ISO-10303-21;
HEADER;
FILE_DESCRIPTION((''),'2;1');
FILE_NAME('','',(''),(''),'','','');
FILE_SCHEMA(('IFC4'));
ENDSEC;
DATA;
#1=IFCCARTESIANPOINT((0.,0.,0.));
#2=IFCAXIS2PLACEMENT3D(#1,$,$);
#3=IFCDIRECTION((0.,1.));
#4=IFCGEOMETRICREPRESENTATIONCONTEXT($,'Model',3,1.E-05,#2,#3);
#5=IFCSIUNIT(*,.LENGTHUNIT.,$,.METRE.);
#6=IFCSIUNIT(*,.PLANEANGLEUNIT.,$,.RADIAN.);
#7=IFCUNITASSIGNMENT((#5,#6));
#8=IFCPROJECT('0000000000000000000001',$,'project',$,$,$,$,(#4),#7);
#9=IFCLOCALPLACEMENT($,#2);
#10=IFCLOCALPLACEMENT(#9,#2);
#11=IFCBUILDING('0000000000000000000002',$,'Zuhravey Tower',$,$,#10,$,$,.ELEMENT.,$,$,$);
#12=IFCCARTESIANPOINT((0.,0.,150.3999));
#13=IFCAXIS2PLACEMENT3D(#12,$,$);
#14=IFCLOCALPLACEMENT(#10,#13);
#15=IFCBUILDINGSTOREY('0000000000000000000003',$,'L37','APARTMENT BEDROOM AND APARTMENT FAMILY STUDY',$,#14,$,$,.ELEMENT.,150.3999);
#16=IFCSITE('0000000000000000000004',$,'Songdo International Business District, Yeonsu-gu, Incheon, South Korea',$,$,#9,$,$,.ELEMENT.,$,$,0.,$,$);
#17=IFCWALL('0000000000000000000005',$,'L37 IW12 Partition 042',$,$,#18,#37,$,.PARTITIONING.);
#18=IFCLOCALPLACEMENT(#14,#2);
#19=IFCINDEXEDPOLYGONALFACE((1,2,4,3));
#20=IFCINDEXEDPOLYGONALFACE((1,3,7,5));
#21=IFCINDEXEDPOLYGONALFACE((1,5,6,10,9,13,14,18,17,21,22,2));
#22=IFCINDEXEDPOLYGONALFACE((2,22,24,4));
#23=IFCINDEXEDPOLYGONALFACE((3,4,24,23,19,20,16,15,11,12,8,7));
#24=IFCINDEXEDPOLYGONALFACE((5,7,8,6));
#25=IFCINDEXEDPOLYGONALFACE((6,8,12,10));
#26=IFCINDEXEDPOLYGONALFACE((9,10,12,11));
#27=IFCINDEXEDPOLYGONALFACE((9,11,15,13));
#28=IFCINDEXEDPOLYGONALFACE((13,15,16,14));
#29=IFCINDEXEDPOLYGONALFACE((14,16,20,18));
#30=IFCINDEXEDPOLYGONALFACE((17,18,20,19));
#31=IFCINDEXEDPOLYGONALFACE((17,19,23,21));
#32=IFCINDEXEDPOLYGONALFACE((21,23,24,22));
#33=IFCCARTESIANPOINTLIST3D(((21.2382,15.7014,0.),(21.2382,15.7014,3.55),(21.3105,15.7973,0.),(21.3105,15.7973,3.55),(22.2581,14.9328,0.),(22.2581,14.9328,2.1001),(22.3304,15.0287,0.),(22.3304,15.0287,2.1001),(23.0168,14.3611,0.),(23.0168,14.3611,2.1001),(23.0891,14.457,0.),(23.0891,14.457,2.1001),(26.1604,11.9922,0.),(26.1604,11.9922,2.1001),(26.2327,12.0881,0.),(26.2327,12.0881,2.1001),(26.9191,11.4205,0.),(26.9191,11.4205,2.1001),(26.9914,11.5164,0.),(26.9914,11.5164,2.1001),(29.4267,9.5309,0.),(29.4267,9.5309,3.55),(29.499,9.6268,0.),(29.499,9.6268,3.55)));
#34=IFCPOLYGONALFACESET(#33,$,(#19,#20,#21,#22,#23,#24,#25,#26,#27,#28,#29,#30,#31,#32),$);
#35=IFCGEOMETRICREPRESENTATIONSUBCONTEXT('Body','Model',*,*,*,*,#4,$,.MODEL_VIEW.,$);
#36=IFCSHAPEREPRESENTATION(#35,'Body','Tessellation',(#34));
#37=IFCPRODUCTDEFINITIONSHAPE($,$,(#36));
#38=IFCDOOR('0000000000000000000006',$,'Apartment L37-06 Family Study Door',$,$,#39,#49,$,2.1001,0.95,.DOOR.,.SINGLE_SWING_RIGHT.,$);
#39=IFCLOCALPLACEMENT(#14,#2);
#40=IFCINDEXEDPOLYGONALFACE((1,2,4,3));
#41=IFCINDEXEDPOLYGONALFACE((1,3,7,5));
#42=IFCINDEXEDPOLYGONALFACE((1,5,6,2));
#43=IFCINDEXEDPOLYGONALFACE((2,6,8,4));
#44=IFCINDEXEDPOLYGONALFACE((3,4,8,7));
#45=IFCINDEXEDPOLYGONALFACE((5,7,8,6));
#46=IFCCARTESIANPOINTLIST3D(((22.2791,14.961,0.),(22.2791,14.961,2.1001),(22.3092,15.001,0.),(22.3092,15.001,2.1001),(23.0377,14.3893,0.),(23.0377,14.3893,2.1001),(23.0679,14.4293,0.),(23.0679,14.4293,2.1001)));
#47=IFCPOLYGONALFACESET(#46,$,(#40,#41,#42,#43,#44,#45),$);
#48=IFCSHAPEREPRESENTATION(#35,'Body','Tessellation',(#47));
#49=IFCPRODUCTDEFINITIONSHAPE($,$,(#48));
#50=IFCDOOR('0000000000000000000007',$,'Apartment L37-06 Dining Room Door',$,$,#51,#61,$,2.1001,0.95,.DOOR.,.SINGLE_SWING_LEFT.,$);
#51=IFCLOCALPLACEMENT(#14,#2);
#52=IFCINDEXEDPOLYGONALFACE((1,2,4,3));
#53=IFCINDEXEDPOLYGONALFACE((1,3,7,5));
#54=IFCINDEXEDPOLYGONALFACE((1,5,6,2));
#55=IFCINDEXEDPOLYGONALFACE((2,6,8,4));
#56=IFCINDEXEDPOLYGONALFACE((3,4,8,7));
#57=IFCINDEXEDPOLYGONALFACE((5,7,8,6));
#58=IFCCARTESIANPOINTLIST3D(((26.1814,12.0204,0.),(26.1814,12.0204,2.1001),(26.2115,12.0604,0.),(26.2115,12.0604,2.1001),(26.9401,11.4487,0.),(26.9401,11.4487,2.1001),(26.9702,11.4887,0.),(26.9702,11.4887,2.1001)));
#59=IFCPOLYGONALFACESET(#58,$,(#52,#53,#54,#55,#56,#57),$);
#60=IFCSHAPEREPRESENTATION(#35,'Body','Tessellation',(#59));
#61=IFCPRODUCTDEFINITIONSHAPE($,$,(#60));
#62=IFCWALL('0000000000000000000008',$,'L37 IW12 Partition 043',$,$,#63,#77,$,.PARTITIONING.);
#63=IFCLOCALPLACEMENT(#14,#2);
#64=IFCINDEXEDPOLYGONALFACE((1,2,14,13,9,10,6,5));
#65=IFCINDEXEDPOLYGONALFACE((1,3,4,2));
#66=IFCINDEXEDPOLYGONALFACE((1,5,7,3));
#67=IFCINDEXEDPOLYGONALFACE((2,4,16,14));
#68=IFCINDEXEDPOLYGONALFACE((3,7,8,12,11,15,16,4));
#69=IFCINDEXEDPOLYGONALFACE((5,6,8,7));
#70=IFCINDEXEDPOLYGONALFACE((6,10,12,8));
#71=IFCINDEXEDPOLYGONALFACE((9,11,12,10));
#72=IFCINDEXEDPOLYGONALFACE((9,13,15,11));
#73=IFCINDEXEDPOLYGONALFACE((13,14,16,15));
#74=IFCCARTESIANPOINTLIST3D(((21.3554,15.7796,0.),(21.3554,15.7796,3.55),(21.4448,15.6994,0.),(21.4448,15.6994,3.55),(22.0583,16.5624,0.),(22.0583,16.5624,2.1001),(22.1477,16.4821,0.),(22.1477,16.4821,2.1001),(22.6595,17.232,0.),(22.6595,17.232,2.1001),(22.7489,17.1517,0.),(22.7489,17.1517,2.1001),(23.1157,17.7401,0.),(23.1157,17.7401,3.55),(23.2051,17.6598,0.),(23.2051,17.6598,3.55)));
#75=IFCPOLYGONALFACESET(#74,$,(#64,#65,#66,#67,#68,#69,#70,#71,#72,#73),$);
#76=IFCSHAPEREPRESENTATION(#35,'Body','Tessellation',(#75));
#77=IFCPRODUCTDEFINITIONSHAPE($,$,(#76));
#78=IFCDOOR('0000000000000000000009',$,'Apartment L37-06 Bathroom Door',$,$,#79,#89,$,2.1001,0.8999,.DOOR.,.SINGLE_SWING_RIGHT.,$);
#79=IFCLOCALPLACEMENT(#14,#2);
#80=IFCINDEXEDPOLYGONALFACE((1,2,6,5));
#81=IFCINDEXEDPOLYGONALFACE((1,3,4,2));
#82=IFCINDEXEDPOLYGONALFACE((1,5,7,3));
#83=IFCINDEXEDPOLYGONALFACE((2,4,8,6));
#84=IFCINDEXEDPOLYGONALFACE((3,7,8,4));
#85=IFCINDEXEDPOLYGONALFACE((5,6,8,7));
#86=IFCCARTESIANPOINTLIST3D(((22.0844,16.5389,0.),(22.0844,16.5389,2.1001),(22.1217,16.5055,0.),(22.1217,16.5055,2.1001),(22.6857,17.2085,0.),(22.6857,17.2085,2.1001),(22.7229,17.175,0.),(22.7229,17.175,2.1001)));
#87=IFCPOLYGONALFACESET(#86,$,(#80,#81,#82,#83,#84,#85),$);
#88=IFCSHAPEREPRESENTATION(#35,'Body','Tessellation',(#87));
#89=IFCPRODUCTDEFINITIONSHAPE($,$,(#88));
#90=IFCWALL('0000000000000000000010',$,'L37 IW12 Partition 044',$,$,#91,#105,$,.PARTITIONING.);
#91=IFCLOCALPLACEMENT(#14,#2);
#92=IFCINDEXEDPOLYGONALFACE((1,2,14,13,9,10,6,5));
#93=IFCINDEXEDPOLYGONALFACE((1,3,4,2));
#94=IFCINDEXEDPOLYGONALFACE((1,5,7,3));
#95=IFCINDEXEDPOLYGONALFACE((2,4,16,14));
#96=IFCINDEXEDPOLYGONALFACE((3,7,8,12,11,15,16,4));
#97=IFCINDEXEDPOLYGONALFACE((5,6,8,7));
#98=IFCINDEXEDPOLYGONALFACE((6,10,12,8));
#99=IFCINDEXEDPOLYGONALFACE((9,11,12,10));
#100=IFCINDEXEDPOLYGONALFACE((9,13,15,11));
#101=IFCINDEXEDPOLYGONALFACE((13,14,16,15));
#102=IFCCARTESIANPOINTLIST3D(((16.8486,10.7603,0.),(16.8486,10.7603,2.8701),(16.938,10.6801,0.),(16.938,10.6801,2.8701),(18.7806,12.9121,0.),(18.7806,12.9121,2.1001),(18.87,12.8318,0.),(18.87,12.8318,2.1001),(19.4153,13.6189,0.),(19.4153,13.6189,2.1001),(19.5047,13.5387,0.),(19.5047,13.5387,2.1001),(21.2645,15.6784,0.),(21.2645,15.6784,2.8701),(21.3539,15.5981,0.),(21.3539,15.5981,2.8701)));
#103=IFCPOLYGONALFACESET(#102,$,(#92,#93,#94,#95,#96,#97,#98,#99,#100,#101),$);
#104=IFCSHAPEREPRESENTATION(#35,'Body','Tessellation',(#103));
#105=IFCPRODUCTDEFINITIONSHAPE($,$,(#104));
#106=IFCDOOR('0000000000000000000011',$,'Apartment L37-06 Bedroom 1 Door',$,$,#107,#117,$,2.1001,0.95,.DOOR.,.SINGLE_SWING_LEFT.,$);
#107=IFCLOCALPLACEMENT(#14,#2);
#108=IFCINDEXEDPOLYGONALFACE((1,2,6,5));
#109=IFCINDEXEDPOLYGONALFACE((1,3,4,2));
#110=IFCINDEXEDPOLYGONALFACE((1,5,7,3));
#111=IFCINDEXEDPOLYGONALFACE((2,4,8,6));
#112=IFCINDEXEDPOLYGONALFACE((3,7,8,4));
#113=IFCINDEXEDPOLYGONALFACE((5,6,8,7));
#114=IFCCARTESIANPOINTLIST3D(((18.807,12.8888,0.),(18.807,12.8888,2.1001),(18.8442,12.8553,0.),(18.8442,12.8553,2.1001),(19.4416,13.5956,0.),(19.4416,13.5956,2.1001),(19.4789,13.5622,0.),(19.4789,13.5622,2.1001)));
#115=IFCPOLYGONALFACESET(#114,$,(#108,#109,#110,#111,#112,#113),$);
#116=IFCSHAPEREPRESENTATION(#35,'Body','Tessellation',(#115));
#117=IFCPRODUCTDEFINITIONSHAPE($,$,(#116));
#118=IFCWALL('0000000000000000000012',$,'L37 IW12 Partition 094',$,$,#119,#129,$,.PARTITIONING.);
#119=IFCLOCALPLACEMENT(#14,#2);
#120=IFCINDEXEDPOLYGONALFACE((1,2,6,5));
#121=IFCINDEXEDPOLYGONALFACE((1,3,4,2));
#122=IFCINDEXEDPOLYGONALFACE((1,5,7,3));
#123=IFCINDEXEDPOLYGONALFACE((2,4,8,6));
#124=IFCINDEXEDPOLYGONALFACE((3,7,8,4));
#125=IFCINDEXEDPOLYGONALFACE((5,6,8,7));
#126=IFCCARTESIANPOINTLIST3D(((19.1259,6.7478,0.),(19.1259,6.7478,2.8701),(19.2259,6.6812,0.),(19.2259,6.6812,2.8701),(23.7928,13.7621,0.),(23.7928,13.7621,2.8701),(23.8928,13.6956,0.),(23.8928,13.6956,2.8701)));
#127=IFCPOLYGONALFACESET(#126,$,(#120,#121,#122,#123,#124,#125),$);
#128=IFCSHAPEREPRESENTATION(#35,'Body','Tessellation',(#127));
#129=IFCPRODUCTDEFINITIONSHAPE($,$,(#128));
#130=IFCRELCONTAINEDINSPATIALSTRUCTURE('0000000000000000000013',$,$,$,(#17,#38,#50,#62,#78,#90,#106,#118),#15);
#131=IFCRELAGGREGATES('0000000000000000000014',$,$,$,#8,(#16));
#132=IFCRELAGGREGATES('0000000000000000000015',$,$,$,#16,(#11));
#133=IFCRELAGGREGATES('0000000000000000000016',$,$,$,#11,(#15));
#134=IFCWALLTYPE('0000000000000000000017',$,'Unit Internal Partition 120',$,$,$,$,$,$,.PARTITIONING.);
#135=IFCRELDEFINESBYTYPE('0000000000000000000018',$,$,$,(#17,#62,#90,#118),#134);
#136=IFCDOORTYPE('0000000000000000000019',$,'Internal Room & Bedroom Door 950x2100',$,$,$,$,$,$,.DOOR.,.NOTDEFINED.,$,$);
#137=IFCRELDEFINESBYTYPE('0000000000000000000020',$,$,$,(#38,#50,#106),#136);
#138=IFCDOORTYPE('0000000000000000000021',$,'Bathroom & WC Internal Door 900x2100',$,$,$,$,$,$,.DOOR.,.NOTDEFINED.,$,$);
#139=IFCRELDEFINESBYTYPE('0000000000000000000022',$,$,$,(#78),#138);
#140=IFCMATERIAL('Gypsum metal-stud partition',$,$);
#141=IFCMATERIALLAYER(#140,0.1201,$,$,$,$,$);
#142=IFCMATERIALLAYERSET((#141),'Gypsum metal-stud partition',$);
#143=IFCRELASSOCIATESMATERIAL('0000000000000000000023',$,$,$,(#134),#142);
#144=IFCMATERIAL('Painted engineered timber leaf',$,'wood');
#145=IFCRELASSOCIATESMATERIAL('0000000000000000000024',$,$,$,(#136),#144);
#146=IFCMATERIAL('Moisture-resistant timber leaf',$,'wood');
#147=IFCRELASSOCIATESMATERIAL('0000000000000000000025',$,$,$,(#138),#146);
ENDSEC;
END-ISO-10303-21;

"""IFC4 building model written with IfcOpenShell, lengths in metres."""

from ifc_helpers import new_model, si_unit, direction, frame, frame_2d, origin, place, context, subcontext, project, spatial, rectangle, extrude, material, layer, layer_set, type_object, element, fill, save


model = new_model("IFC4")

# Units and contexts
model_context = context("Model", 3, precision=1e-05, world=origin(), true_north=direction((0.0, 1.0)))
body_context = subcontext(model_context, "Body", "Model", "MODEL_VIEW")
ifc_project = project(units=[si_unit("LENGTHUNIT", "METRE"), si_unit("PLANEANGLEUNIT", "RADIAN")], contexts=[model_context])

# Site, building, storey
site_placement = place(None, origin())
site = spatial("IfcSite", under=ifc_project, at=site_placement, Name="Songdo International Business District, Yeonsu-gu, Incheon, South Korea", CompositionType="ELEMENT", RefElevation=0.0)
building_placement = place(site_placement, origin())
building = spatial("IfcBuilding", under=site, at=building_placement, Name="Zuhravey Tower", CompositionType="ELEMENT")
storey_placement = place(building_placement, frame((0.0, 0.0, 150.3999)))
storey = spatial("IfcBuildingStorey", under=building, at=storey_placement, Name="L37", Description="APARTMENT BEDROOM AND APARTMENT FAMILY STUDY", CompositionType="ELEMENT", Elevation=150.3999)

# Wall, openings, doors
ifc_material_1 = material(Name="Gypsum metal-stud partition")
ifc_layer_1 = layer(ifc_material_1, 0.1201)
ifc_layer_set_1 = layer_set([ifc_layer_1], Name="Gypsum metal-stud partition")
wall_type_1 = type_object("IfcWallType", Name="Unit Internal Partition 120", PredefinedType="PARTITIONING", material=ifc_layer_set_1)
wall_1_placement = place(storey_placement, frame((21.2744, 15.7493, 0.0), z_axis=(0.0, 0.0, 1.0), x_axis=(0.798638, -0.601812, 0.0)))
wall_1 = element("IfcWall", 1, at=wall_1_placement, inside=storey, type_object=wall_type_1, Name="L37 IW12 Partition 042", PredefinedType="PARTITIONING", context=body_context, shape_type="SweptSolid", body=[
    extrude(rectangle(XDim=10.2532, YDim=0.1201, at=frame_2d((5.1265, 0.0))), origin(), (0.0, 0.0, 1.0), 3.55),
])
opening_1_placement = place(wall_1_placement, frame((1.2769, 0.0, 0.0)))
opening_1 = element("IfcOpeningElement", 2, at=opening_1_placement, cuts=wall_1, PredefinedType="OPENING", context=body_context, shape_type="SweptSolid", body=[
    extrude(rectangle(XDim=0.95, YDim=2.1001, at=frame_2d((0.4751, 1.05))), frame((0.0, 0.072, 0.0), z_axis=(0.0, -1.0, 0.0), x_axis=(1.0, 0.0, 0.0)), (0.0, 0.0, 1.0), 0.144),
])
opening_2_placement = place(wall_1_placement, frame((6.1631, 0.0, 0.0)))
opening_2 = element("IfcOpeningElement", 3, at=opening_2_placement, cuts=wall_1, PredefinedType="OPENING", context=body_context, shape_type="SweptSolid", body=[
    extrude(rectangle(XDim=0.95, YDim=2.1001, at=frame_2d((0.4751, 1.05))), frame((0.0, 0.072, 0.0), z_axis=(0.0, -1.0, 0.0), x_axis=(1.0, 0.0, 0.0)), (0.0, 0.0, 1.0), 0.144),
])
ifc_material_2 = material(Name="Painted engineered timber leaf", Category="wood")
door_type_1 = type_object("IfcDoorType", Name="Internal Room & Bedroom Door 950x2100", OperationType="NOTDEFINED", PredefinedType="DOOR", material=ifc_material_2)
door_1_placement = place(opening_1_placement, frame((0.95, 0.0, 0.0), z_axis=(0.0, 0.0, 1.0), x_axis=(-1.0, 0.0, 0.0)))
door_1 = element("IfcDoor", 4, at=door_1_placement, inside=storey, type_object=door_type_1, Name="Apartment L37-06 Family Study Door", OperationType="SINGLE_SWING_RIGHT", OverallHeight=2.1001, OverallWidth=0.95, PredefinedType="DOOR", context=body_context, shape_type="SweptSolid", body=[
    extrude(rectangle(XDim=0.95, YDim=2.1001, at=frame_2d((0.4751, 1.05))), frame((0.0, 0.0249, 0.0), z_axis=(0.0, -1.0, 0.0), x_axis=(1.0, 0.0, 0.0)), (0.0, 0.0, 1.0), 0.05),
])
fill(opening_1, door_1)
door_2_placement = place(opening_2_placement, frame((0.95, 0.0, 0.0), z_axis=(0.0, 0.0, 1.0), x_axis=(-1.0, 0.0, 0.0)))
door_2 = element("IfcDoor", 5, at=door_2_placement, inside=storey, type_object=door_type_1, Name="Apartment L37-06 Dining Room Door", OperationType="SINGLE_SWING_LEFT", OverallHeight=2.1001, OverallWidth=0.95, PredefinedType="DOOR", context=body_context, shape_type="SweptSolid", body=[
    extrude(rectangle(XDim=0.95, YDim=2.1001, at=frame_2d((0.4751, 1.05))), frame((0.0, 0.0249, 0.0), z_axis=(0.0, -1.0, 0.0), x_axis=(1.0, 0.0, 0.0)), (0.0, 0.0, 1.0), 0.05),
])
fill(opening_2, door_2)

# Walls, openings, doors
wall_2_placement = place(storey_placement, frame((23.1604, 17.7, 0.0), z_axis=(0.0, 0.0, 1.0), x_axis=(-0.668094, -0.744077, 0.0)))
wall_2 = element("IfcWall", 6, at=wall_2_placement, inside=storey, type_object=wall_type_1, Name="L37 IW12 Partition 043", PredefinedType="PARTITIONING", context=body_context, shape_type="SweptSolid", body=[
    extrude(rectangle(XDim=2.6348, YDim=0.1201, at=frame_2d((1.3174, 0.0))), origin(), (0.0, 0.0, 1.0), 3.55),
])
opening_3_placement = place(wall_2_placement, frame((0.6829, 0.0, 0.0)))
opening_3 = element("IfcOpeningElement", 7, at=opening_3_placement, cuts=wall_2, PredefinedType="OPENING", context=body_context, shape_type="SweptSolid", body=[
    extrude(rectangle(XDim=0.8999, YDim=2.1001, at=frame_2d((0.45, 1.05))), frame((0.0, 0.072, 0.0), z_axis=(0.0, -1.0, 0.0), x_axis=(1.0, 0.0, 0.0)), (0.0, 0.0, 1.0), 0.144),
])
ifc_material_3 = material(Name="Moisture-resistant timber leaf", Category="wood")
door_type_2 = type_object("IfcDoorType", Name="Bathroom & WC Internal Door 900x2100", OperationType="NOTDEFINED", PredefinedType="DOOR", material=ifc_material_3)
door_3_placement = place(opening_3_placement, frame((0.8999, 0.0, 0.0), z_axis=(0.0, 0.0, 1.0), x_axis=(-1.0, 0.0, 0.0)))
door_3 = element("IfcDoor", 8, at=door_3_placement, inside=storey, type_object=door_type_2, Name="Apartment L37-06 Bathroom Door", OperationType="SINGLE_SWING_RIGHT", OverallHeight=2.1001, OverallWidth=0.8999, PredefinedType="DOOR", context=body_context, shape_type="SweptSolid", body=[
    extrude(rectangle(XDim=0.8999, YDim=2.1001, at=frame_2d((0.45, 1.05))), frame((0.0, 0.0249, 0.0), z_axis=(0.0, -1.0, 0.0), x_axis=(1.0, 0.0, 0.0)), (0.0, 0.0, 1.0), 0.05),
])
fill(opening_3, door_3)
wall_3_placement = place(storey_placement, frame((21.3091, 15.6382, 0.0), z_axis=(0.0, 0.0, 1.0), x_axis=(-0.668095, -0.744076, 0.0)))
wall_3 = element("IfcWall", 9, at=wall_3_placement, inside=storey, type_object=wall_type_1, Name="L37 IW12 Partition 044", PredefinedType="PARTITIONING", context=body_context, shape_type="SweptSolid", body=[
    extrude(rectangle(XDim=6.6096, YDim=0.1201, at=frame_2d((3.3047, 0.0))), origin(), (0.0, 0.0, 1.0), 2.8701),
])
opening_4_placement = place(wall_3_placement, frame((2.7676, 0.0, 0.0)))
opening_4 = element("IfcOpeningElement", 10, at=opening_4_placement, cuts=wall_3, PredefinedType="OPENING", context=body_context, shape_type="SweptSolid", body=[
    extrude(rectangle(XDim=0.95, YDim=2.1001, at=frame_2d((0.4751, 1.05))), frame((0.0, 0.072, 0.0), z_axis=(0.0, -1.0, 0.0), x_axis=(1.0, 0.0, 0.0)), (0.0, 0.0, 1.0), 0.144),
])
door_4_placement = place(opening_4_placement, frame((0.95, 0.0, 0.0), z_axis=(0.0, 0.0, 1.0), x_axis=(-1.0, 0.0, 0.0)))
door_4 = element("IfcDoor", 11, at=door_4_placement, inside=storey, type_object=door_type_1, Name="Apartment L37-06 Bedroom 1 Door", OperationType="SINGLE_SWING_LEFT", OverallHeight=2.1001, OverallWidth=0.95, PredefinedType="DOOR", context=body_context, shape_type="SweptSolid", body=[
    extrude(rectangle(XDim=0.95, YDim=2.1001, at=frame_2d((0.4751, 1.05))), frame((0.0, 0.0249, 0.0), z_axis=(0.0, -1.0, 0.0), x_axis=(1.0, 0.0, 0.0)), (0.0, 0.0, 1.0), 0.05),
])
fill(opening_4, door_4)

# Wall
wall_4_placement = place(storey_placement, frame((23.8428, 13.7288, 0.0), z_axis=(0.0, 0.0, 1.0), x_axis=(-0.553938, -0.832558, 0.0)))
element("IfcWall", 12, at=wall_4_placement, inside=storey, type_object=wall_type_1, Name="L37 IW12 Partition 094", PredefinedType="PARTITIONING", context=body_context, shape_type="SweptSolid", body=[
    extrude(rectangle(XDim=8.425, YDim=0.1201, at=frame_2d((4.2124, 0.0))), origin(), (0.0, 0.0, 1.0), 2.8701),
])

save(model, "model.ifc")
